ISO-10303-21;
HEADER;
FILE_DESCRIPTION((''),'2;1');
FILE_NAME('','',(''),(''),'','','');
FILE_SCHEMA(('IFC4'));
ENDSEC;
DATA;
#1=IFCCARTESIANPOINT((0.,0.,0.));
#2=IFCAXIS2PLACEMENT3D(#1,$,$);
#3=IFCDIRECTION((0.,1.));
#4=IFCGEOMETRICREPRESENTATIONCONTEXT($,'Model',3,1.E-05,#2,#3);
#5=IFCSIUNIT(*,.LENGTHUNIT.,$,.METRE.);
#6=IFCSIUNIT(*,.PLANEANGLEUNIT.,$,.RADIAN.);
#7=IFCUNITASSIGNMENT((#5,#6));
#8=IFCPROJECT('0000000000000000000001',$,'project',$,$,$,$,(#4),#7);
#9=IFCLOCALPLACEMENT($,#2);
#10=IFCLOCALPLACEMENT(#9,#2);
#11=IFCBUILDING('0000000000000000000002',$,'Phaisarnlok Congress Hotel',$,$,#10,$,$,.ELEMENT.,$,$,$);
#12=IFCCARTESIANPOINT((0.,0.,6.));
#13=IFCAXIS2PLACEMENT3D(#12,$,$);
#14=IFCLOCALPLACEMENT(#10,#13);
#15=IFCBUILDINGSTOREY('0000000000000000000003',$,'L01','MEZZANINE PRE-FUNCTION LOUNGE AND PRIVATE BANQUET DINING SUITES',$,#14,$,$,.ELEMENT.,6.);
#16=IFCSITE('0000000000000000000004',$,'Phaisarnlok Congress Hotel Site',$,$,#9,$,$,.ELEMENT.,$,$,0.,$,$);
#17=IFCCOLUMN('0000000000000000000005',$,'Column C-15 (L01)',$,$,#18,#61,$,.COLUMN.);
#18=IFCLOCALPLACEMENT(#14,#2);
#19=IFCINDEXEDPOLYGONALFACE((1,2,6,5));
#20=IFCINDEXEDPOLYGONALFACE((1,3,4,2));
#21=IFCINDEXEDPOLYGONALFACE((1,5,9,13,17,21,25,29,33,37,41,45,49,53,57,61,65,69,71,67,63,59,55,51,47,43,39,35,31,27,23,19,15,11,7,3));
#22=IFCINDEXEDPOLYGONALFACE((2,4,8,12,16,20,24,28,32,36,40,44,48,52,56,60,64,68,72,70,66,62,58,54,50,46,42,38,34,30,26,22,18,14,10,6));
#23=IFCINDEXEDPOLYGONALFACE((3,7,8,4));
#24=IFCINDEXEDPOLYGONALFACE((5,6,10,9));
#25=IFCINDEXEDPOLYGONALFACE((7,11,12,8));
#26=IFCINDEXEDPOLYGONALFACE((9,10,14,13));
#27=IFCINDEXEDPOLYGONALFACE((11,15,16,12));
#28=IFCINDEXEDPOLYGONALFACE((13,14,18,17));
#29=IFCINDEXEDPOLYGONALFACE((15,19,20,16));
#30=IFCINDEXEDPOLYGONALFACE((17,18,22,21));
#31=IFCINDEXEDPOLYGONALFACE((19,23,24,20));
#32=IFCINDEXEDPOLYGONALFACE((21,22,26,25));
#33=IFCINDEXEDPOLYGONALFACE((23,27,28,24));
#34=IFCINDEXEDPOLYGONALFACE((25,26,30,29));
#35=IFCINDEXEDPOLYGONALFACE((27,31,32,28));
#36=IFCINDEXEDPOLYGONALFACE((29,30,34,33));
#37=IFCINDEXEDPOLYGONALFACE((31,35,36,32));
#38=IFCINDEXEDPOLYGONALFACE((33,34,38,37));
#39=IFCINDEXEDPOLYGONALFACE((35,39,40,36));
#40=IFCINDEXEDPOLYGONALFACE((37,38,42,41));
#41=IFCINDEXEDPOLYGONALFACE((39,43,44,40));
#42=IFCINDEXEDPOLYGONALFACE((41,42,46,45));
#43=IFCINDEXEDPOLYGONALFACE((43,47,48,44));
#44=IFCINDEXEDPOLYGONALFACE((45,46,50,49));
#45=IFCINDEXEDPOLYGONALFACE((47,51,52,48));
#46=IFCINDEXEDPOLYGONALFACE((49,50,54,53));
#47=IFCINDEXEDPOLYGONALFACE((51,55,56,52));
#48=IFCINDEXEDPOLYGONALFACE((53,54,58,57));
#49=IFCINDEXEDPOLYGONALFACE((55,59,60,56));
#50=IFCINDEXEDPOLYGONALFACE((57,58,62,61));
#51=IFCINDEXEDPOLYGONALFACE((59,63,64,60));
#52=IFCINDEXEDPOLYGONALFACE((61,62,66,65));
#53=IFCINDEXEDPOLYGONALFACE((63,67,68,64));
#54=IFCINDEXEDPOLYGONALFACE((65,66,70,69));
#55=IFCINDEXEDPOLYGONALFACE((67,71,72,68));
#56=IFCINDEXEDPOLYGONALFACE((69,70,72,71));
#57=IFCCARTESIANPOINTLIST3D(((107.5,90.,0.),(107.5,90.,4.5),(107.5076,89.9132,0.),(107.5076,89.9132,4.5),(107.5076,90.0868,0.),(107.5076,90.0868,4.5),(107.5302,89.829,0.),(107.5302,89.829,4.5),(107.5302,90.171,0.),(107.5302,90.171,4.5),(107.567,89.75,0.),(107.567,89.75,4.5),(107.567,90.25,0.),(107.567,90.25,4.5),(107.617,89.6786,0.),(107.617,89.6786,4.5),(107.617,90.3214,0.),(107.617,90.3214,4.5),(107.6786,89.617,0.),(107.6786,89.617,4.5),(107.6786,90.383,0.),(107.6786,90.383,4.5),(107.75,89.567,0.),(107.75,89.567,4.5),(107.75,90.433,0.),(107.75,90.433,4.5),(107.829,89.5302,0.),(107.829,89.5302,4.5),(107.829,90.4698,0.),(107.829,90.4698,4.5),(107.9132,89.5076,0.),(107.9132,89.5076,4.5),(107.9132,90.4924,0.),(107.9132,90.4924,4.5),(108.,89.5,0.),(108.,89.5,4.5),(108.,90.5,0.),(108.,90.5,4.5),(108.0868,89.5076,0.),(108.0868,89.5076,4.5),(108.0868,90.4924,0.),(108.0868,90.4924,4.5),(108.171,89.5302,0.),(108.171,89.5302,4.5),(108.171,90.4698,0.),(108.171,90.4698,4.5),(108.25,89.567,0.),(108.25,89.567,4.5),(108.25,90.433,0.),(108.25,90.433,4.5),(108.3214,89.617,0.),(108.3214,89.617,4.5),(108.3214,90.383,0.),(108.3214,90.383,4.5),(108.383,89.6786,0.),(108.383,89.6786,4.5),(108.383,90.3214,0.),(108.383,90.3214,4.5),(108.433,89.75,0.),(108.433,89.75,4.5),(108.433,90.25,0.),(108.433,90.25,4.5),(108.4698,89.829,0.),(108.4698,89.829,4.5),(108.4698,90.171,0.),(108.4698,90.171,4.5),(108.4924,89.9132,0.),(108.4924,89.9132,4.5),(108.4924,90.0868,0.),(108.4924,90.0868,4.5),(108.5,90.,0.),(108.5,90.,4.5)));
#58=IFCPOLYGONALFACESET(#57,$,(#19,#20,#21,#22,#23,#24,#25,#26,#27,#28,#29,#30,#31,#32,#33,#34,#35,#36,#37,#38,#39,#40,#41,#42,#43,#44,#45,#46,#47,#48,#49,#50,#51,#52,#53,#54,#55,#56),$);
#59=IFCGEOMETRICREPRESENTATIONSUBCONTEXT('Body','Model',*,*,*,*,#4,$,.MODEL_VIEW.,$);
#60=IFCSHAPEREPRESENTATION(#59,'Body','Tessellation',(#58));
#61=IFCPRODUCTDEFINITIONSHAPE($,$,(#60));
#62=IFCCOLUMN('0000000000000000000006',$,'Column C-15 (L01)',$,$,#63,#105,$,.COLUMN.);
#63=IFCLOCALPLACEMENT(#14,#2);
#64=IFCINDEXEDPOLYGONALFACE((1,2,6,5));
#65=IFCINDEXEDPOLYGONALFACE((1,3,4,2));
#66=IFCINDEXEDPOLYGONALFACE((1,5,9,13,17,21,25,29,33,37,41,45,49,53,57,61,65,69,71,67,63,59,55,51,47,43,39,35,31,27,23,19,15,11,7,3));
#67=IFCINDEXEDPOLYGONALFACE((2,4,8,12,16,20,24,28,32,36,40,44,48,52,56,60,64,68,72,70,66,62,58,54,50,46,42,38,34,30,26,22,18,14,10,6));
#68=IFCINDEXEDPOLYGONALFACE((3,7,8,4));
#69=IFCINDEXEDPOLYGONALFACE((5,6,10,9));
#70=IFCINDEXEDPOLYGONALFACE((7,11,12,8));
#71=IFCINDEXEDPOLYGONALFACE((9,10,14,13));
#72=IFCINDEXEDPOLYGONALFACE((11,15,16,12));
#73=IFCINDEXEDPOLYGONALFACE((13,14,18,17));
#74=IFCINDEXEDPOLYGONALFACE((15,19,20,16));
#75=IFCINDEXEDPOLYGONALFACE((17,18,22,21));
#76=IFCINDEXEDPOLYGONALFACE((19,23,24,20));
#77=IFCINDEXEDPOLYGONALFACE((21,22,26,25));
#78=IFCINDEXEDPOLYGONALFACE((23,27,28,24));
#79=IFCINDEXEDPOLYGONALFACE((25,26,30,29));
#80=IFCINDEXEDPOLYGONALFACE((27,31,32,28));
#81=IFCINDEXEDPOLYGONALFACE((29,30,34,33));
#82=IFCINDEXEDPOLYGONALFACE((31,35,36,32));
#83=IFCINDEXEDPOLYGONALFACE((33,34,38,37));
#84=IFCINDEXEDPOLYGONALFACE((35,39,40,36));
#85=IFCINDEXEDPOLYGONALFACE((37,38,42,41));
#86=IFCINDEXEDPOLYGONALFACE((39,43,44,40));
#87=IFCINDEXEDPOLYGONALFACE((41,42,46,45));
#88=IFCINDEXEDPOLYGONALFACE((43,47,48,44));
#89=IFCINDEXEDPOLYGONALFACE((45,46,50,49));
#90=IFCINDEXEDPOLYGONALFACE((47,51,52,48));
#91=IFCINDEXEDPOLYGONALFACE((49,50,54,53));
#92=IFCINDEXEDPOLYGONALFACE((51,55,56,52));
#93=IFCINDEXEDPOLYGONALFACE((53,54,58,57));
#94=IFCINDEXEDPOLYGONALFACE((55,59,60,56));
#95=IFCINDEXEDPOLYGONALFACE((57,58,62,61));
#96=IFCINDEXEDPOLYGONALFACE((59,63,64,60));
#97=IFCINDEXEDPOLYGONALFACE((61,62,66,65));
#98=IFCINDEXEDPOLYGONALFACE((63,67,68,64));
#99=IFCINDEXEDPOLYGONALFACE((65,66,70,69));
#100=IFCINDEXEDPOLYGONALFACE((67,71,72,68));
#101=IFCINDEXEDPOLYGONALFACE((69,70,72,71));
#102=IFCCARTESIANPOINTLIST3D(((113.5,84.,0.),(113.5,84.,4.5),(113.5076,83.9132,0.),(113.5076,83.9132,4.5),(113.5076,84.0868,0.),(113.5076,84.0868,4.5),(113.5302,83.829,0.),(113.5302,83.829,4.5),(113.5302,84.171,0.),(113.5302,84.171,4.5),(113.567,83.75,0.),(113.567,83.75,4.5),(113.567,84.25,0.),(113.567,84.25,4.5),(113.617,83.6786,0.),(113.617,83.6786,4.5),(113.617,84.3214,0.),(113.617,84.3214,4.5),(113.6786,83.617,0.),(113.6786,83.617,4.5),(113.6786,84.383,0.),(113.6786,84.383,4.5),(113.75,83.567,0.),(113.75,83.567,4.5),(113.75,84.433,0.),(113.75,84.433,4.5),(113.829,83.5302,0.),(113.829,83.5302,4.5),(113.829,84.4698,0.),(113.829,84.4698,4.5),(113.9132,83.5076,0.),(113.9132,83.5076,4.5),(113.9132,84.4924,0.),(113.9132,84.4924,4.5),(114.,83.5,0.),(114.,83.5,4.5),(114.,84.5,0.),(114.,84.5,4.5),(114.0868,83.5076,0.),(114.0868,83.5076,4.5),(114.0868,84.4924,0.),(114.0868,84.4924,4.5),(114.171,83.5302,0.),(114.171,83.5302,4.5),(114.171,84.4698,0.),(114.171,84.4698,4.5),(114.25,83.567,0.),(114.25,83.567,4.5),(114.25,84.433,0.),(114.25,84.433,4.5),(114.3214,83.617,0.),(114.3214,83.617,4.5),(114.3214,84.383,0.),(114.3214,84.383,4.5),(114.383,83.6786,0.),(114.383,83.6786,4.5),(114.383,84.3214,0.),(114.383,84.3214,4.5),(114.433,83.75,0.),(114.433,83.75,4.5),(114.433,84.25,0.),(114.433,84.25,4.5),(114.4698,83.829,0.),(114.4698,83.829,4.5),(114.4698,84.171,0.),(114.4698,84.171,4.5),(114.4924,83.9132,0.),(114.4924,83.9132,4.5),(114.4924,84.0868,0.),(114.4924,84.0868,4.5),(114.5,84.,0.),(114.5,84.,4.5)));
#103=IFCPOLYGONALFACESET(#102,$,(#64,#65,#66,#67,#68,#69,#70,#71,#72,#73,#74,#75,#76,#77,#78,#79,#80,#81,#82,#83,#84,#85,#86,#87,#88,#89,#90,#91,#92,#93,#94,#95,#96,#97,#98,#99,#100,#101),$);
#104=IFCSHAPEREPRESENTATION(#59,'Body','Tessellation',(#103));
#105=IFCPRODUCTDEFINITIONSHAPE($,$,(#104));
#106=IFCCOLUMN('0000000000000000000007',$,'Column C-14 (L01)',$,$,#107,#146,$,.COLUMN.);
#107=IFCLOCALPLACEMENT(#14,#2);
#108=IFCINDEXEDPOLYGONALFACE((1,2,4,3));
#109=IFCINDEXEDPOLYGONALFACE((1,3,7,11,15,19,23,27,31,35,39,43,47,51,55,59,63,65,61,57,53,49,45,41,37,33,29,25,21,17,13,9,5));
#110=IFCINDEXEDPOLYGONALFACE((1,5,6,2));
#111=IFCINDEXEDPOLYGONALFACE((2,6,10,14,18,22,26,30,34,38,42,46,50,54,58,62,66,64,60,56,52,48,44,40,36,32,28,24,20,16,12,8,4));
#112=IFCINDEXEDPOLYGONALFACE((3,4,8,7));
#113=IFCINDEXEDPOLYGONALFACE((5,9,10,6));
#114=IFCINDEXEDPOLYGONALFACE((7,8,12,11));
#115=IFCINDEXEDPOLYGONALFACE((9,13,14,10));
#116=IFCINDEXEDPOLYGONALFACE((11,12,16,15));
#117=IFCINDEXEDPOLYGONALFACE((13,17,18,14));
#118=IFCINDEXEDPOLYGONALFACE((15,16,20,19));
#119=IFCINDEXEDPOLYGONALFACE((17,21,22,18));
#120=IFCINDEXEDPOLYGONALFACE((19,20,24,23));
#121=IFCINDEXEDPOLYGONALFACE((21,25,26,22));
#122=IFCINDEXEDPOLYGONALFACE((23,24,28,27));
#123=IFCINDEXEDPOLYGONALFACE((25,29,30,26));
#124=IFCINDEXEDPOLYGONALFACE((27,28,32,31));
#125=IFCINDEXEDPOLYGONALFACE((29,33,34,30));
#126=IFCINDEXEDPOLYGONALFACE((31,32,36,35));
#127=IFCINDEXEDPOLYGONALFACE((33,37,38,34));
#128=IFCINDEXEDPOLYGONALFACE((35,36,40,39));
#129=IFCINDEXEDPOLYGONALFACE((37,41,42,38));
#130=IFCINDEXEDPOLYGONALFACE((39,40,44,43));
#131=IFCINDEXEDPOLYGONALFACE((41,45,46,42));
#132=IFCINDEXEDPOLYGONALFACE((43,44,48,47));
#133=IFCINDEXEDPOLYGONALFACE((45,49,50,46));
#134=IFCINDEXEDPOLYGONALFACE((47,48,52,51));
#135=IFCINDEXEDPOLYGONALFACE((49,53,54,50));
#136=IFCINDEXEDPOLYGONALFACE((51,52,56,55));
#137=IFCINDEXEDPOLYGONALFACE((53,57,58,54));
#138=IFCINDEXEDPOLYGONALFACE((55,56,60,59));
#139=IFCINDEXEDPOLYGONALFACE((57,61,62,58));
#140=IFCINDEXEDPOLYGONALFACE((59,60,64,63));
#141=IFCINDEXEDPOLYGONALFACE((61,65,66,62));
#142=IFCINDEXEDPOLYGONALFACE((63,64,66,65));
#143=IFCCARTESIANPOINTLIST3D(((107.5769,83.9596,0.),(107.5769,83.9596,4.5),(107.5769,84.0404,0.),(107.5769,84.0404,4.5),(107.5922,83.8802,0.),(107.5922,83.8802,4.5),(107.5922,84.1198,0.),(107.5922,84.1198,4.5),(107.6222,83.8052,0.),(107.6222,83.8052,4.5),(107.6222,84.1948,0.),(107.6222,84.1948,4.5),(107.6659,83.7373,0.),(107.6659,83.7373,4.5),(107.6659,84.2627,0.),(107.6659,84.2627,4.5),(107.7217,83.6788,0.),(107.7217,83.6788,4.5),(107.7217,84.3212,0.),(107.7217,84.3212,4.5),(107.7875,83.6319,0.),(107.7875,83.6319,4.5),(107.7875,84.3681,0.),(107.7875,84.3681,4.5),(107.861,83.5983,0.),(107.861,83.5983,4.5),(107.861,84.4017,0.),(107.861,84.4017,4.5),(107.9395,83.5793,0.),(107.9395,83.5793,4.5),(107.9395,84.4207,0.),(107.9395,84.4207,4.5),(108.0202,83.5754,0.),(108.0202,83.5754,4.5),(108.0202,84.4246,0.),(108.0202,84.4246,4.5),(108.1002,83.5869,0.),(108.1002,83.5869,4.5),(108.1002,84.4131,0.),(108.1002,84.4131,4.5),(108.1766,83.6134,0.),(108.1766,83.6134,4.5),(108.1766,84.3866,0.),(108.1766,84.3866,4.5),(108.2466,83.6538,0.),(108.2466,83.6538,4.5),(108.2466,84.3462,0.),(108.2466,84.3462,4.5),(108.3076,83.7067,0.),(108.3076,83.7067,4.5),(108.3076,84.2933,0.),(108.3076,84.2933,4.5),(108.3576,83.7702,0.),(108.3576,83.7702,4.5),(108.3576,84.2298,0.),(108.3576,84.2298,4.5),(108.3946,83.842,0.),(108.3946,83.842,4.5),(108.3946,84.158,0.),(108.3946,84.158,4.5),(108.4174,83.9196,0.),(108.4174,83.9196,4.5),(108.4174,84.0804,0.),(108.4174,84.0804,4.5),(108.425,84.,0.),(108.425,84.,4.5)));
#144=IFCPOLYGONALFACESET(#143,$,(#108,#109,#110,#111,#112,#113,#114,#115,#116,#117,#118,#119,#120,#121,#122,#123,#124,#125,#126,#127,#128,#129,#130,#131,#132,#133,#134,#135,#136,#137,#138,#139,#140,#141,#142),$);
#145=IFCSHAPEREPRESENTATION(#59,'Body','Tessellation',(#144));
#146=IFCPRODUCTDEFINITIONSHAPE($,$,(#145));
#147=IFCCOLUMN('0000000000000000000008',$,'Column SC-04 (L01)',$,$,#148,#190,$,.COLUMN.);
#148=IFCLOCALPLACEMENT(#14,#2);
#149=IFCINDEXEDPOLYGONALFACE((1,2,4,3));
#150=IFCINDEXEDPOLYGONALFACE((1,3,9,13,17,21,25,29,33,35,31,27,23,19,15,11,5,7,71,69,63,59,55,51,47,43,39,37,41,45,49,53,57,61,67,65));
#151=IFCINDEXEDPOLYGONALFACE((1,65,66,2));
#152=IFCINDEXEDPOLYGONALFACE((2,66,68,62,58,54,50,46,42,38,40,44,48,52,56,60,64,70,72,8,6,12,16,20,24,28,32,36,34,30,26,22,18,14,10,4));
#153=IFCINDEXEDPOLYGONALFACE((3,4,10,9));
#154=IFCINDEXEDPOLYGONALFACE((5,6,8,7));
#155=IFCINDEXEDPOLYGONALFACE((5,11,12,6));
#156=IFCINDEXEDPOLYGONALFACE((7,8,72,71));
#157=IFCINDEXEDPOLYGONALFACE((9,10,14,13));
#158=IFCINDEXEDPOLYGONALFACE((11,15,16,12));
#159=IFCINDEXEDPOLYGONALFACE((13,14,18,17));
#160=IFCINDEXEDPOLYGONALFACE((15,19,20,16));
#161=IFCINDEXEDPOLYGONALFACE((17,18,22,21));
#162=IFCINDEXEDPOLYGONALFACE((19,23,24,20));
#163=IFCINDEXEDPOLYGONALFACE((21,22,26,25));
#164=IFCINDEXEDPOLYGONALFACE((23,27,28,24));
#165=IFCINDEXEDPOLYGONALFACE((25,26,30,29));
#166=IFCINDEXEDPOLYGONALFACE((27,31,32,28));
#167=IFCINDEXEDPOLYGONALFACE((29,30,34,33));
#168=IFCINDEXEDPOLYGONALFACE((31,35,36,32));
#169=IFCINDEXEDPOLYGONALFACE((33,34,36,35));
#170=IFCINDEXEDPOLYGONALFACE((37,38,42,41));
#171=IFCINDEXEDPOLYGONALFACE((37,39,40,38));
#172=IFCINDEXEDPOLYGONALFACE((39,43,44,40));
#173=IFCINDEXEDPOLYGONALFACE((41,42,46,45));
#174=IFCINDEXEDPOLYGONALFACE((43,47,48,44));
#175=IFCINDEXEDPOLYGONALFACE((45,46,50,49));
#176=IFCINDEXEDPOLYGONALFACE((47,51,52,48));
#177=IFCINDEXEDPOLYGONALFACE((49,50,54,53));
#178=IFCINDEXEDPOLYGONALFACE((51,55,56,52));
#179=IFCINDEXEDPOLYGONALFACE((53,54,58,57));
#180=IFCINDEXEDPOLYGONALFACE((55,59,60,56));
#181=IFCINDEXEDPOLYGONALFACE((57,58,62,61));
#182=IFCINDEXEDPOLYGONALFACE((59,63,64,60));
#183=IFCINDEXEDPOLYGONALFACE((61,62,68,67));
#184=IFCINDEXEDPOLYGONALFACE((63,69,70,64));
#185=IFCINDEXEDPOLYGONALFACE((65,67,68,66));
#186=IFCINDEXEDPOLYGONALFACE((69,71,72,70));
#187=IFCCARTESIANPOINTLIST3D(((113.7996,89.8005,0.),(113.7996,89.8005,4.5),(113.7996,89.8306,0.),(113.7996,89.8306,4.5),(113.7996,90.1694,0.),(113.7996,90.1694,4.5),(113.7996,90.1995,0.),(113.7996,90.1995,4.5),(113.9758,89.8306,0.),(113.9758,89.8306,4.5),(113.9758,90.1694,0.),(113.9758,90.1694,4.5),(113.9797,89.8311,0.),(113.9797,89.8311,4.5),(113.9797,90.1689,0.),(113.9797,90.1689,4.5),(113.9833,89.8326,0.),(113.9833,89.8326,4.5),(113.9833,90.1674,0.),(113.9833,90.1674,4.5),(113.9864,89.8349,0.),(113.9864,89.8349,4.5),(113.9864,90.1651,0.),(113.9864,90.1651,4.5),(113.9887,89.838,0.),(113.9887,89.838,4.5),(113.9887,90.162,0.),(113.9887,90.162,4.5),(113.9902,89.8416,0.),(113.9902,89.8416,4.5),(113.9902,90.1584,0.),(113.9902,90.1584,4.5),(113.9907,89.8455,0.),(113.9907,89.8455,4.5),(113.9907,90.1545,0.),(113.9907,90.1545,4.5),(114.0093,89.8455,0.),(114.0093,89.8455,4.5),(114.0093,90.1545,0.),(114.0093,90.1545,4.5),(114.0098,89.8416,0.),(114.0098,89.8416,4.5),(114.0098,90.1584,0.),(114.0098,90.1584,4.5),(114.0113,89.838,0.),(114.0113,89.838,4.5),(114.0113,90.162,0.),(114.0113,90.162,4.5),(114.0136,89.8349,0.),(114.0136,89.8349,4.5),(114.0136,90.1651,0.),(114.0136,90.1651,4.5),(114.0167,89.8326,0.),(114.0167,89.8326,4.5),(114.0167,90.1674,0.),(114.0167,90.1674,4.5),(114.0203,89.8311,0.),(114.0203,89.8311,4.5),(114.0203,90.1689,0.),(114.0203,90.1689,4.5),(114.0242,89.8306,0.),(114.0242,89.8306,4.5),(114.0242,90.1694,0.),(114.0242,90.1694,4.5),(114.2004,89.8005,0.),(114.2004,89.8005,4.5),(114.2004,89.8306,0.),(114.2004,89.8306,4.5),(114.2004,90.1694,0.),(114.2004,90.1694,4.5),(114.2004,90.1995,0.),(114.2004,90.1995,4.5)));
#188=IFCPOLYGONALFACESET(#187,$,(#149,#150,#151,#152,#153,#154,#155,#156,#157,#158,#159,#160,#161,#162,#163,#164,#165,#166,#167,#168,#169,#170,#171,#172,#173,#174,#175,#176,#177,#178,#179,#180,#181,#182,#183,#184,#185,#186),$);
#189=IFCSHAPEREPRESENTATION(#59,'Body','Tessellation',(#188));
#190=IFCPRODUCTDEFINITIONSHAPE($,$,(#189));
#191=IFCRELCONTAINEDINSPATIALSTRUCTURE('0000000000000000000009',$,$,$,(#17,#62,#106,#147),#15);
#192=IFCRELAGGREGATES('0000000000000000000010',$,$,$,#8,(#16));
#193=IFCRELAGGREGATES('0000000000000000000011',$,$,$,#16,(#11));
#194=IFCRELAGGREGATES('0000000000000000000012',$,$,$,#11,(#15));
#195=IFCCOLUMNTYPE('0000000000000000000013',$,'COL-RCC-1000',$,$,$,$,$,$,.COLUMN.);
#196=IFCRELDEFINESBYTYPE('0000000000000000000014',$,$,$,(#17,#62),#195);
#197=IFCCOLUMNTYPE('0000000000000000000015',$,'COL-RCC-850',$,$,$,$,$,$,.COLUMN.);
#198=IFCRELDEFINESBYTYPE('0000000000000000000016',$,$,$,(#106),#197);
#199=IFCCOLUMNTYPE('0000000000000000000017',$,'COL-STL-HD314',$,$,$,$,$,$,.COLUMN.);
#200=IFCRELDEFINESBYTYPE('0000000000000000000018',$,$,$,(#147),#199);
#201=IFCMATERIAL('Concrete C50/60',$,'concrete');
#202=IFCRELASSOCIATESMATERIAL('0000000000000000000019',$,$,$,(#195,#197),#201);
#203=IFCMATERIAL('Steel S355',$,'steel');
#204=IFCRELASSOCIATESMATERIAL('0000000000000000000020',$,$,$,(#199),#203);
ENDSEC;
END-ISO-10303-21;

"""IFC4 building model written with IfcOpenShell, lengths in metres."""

from ifc_helpers import new_model, si_unit, direction, frame, origin, origin_2d, place, context, subcontext, project, spatial, circle, i_section, extrude, material, material_profile, profile_set, type_object, element, save


model = new_model("IFC4")

# Units and contexts
model_context = context("Model", 3, precision=1e-05, world=origin(), true_north=direction((0.0, 1.0)))
body_context = subcontext(model_context, "Body", "Model", "MODEL_VIEW")
ifc_project = project(units=[si_unit("LENGTHUNIT", "METRE"), si_unit("PLANEANGLEUNIT", "RADIAN")], contexts=[model_context])

# Site, building, storey
site_placement = place(None, origin())
site = spatial("IfcSite", under=ifc_project, at=site_placement, Name="Phaisarnlok Congress Hotel Site", CompositionType="ELEMENT", RefElevation=0.0)
building_placement = place(site_placement, origin())
building = spatial("IfcBuilding", under=site, at=building_placement, Name="Phaisarnlok Congress Hotel", CompositionType="ELEMENT")
storey_placement = place(building_placement, frame((0.0, 0.0, 6.0)))
storey = spatial("IfcBuildingStorey", under=building, at=storey_placement, Name="L01", Description="MEZZANINE PRE-FUNCTION LOUNGE AND PRIVATE BANQUET DINING SUITES", CompositionType="ELEMENT", Elevation=6.0)

# Columns
ifc_material_1 = material(Name="Concrete C50/60", Category="concrete")
ifc_material_profile_1 = material_profile(ifc_material_1, circle(Radius=0.5, at=origin_2d()), Name="RCC D1000")
ifc_profile_set_1 = profile_set([ifc_material_profile_1], Name="Concrete C50/60")
column_type_1 = type_object("IfcColumnType", Name="COL-RCC-1000", PredefinedType="COLUMN", material=ifc_profile_set_1)
for number, where, z_axis, x_axis, name in (
    (1, (108.0, 90.0, 0.0), (0.0, 0.0, 1.0), (1.0, 0.0, 0.0), "Column C-15 (L01)"),
    (2, (114.0, 84.0, 0.0), (0.0, 0.0, 1.0), (1.0, 0.0, 0.0), "Column C-15 (L01)"),
):
    element("IfcColumn", number, at=place(storey_placement, frame(where, z_axis=z_axis, x_axis=x_axis)), inside=storey, type_object=column_type_1, Name=name, PredefinedType="COLUMN", context=body_context, shape_type="SweptSolid", body=[
        extrude(circle(Radius=0.5, at=origin_2d()), origin(), (0.0, 0.0, 1.0), 4.5),
    ])
ifc_material_profile_2 = material_profile(ifc_material_1, circle(Radius=0.425, at=origin_2d()), Name="RCC D850")
ifc_profile_set_2 = profile_set([ifc_material_profile_2], Name="Concrete C50/60")
column_type_2 = type_object("IfcColumnType", Name="COL-RCC-850", PredefinedType="COLUMN", material=ifc_profile_set_2)
column_1_placement = place(storey_placement, frame((108.0, 84.0, 0.0), z_axis=(0.0, 0.0, 1.0), x_axis=(1.0, 0.0, 0.0)))
element("IfcColumn", 3, at=column_1_placement, inside=storey, type_object=column_type_2, Name="Column C-14 (L01)", PredefinedType="COLUMN", context=body_context, shape_type="SweptSolid", body=[
    extrude(circle(Radius=0.425, at=origin_2d()), origin(), (0.0, 0.0, 1.0), 4.5),
])
ifc_material_2 = material(Name="Steel S355", Category="steel")
ifc_material_profile_3 = material_profile(ifc_material_2, i_section(OverallWidth=0.4009, OverallDepth=0.3989, WebThickness=0.0186, FlangeThickness=0.03, FilletRadius=0.0149, at=origin_2d()), Name="HD 400x314")
ifc_profile_set_3 = profile_set([ifc_material_profile_3], Name="Steel S355")
column_type_3 = type_object("IfcColumnType", Name="COL-STL-HD314", PredefinedType="COLUMN", material=ifc_profile_set_3)
column_2_placement = place(storey_placement, frame((114.0, 90.0, 0.0), z_axis=(0.0, 0.0, 1.0), x_axis=(1.0, 0.0, 0.0)))
element("IfcColumn", 4, at=column_2_placement, inside=storey, type_object=column_type_3, Name="Column SC-04 (L01)", PredefinedType="COLUMN", context=body_context, shape_type="SweptSolid", body=[
    extrude(i_section(OverallWidth=0.4009, OverallDepth=0.3989, WebThickness=0.0186, FlangeThickness=0.03, FilletRadius=0.0149, at=origin_2d()), origin(), (0.0, 0.0, 1.0), 4.5),
])

save(model, "model.ifc")
